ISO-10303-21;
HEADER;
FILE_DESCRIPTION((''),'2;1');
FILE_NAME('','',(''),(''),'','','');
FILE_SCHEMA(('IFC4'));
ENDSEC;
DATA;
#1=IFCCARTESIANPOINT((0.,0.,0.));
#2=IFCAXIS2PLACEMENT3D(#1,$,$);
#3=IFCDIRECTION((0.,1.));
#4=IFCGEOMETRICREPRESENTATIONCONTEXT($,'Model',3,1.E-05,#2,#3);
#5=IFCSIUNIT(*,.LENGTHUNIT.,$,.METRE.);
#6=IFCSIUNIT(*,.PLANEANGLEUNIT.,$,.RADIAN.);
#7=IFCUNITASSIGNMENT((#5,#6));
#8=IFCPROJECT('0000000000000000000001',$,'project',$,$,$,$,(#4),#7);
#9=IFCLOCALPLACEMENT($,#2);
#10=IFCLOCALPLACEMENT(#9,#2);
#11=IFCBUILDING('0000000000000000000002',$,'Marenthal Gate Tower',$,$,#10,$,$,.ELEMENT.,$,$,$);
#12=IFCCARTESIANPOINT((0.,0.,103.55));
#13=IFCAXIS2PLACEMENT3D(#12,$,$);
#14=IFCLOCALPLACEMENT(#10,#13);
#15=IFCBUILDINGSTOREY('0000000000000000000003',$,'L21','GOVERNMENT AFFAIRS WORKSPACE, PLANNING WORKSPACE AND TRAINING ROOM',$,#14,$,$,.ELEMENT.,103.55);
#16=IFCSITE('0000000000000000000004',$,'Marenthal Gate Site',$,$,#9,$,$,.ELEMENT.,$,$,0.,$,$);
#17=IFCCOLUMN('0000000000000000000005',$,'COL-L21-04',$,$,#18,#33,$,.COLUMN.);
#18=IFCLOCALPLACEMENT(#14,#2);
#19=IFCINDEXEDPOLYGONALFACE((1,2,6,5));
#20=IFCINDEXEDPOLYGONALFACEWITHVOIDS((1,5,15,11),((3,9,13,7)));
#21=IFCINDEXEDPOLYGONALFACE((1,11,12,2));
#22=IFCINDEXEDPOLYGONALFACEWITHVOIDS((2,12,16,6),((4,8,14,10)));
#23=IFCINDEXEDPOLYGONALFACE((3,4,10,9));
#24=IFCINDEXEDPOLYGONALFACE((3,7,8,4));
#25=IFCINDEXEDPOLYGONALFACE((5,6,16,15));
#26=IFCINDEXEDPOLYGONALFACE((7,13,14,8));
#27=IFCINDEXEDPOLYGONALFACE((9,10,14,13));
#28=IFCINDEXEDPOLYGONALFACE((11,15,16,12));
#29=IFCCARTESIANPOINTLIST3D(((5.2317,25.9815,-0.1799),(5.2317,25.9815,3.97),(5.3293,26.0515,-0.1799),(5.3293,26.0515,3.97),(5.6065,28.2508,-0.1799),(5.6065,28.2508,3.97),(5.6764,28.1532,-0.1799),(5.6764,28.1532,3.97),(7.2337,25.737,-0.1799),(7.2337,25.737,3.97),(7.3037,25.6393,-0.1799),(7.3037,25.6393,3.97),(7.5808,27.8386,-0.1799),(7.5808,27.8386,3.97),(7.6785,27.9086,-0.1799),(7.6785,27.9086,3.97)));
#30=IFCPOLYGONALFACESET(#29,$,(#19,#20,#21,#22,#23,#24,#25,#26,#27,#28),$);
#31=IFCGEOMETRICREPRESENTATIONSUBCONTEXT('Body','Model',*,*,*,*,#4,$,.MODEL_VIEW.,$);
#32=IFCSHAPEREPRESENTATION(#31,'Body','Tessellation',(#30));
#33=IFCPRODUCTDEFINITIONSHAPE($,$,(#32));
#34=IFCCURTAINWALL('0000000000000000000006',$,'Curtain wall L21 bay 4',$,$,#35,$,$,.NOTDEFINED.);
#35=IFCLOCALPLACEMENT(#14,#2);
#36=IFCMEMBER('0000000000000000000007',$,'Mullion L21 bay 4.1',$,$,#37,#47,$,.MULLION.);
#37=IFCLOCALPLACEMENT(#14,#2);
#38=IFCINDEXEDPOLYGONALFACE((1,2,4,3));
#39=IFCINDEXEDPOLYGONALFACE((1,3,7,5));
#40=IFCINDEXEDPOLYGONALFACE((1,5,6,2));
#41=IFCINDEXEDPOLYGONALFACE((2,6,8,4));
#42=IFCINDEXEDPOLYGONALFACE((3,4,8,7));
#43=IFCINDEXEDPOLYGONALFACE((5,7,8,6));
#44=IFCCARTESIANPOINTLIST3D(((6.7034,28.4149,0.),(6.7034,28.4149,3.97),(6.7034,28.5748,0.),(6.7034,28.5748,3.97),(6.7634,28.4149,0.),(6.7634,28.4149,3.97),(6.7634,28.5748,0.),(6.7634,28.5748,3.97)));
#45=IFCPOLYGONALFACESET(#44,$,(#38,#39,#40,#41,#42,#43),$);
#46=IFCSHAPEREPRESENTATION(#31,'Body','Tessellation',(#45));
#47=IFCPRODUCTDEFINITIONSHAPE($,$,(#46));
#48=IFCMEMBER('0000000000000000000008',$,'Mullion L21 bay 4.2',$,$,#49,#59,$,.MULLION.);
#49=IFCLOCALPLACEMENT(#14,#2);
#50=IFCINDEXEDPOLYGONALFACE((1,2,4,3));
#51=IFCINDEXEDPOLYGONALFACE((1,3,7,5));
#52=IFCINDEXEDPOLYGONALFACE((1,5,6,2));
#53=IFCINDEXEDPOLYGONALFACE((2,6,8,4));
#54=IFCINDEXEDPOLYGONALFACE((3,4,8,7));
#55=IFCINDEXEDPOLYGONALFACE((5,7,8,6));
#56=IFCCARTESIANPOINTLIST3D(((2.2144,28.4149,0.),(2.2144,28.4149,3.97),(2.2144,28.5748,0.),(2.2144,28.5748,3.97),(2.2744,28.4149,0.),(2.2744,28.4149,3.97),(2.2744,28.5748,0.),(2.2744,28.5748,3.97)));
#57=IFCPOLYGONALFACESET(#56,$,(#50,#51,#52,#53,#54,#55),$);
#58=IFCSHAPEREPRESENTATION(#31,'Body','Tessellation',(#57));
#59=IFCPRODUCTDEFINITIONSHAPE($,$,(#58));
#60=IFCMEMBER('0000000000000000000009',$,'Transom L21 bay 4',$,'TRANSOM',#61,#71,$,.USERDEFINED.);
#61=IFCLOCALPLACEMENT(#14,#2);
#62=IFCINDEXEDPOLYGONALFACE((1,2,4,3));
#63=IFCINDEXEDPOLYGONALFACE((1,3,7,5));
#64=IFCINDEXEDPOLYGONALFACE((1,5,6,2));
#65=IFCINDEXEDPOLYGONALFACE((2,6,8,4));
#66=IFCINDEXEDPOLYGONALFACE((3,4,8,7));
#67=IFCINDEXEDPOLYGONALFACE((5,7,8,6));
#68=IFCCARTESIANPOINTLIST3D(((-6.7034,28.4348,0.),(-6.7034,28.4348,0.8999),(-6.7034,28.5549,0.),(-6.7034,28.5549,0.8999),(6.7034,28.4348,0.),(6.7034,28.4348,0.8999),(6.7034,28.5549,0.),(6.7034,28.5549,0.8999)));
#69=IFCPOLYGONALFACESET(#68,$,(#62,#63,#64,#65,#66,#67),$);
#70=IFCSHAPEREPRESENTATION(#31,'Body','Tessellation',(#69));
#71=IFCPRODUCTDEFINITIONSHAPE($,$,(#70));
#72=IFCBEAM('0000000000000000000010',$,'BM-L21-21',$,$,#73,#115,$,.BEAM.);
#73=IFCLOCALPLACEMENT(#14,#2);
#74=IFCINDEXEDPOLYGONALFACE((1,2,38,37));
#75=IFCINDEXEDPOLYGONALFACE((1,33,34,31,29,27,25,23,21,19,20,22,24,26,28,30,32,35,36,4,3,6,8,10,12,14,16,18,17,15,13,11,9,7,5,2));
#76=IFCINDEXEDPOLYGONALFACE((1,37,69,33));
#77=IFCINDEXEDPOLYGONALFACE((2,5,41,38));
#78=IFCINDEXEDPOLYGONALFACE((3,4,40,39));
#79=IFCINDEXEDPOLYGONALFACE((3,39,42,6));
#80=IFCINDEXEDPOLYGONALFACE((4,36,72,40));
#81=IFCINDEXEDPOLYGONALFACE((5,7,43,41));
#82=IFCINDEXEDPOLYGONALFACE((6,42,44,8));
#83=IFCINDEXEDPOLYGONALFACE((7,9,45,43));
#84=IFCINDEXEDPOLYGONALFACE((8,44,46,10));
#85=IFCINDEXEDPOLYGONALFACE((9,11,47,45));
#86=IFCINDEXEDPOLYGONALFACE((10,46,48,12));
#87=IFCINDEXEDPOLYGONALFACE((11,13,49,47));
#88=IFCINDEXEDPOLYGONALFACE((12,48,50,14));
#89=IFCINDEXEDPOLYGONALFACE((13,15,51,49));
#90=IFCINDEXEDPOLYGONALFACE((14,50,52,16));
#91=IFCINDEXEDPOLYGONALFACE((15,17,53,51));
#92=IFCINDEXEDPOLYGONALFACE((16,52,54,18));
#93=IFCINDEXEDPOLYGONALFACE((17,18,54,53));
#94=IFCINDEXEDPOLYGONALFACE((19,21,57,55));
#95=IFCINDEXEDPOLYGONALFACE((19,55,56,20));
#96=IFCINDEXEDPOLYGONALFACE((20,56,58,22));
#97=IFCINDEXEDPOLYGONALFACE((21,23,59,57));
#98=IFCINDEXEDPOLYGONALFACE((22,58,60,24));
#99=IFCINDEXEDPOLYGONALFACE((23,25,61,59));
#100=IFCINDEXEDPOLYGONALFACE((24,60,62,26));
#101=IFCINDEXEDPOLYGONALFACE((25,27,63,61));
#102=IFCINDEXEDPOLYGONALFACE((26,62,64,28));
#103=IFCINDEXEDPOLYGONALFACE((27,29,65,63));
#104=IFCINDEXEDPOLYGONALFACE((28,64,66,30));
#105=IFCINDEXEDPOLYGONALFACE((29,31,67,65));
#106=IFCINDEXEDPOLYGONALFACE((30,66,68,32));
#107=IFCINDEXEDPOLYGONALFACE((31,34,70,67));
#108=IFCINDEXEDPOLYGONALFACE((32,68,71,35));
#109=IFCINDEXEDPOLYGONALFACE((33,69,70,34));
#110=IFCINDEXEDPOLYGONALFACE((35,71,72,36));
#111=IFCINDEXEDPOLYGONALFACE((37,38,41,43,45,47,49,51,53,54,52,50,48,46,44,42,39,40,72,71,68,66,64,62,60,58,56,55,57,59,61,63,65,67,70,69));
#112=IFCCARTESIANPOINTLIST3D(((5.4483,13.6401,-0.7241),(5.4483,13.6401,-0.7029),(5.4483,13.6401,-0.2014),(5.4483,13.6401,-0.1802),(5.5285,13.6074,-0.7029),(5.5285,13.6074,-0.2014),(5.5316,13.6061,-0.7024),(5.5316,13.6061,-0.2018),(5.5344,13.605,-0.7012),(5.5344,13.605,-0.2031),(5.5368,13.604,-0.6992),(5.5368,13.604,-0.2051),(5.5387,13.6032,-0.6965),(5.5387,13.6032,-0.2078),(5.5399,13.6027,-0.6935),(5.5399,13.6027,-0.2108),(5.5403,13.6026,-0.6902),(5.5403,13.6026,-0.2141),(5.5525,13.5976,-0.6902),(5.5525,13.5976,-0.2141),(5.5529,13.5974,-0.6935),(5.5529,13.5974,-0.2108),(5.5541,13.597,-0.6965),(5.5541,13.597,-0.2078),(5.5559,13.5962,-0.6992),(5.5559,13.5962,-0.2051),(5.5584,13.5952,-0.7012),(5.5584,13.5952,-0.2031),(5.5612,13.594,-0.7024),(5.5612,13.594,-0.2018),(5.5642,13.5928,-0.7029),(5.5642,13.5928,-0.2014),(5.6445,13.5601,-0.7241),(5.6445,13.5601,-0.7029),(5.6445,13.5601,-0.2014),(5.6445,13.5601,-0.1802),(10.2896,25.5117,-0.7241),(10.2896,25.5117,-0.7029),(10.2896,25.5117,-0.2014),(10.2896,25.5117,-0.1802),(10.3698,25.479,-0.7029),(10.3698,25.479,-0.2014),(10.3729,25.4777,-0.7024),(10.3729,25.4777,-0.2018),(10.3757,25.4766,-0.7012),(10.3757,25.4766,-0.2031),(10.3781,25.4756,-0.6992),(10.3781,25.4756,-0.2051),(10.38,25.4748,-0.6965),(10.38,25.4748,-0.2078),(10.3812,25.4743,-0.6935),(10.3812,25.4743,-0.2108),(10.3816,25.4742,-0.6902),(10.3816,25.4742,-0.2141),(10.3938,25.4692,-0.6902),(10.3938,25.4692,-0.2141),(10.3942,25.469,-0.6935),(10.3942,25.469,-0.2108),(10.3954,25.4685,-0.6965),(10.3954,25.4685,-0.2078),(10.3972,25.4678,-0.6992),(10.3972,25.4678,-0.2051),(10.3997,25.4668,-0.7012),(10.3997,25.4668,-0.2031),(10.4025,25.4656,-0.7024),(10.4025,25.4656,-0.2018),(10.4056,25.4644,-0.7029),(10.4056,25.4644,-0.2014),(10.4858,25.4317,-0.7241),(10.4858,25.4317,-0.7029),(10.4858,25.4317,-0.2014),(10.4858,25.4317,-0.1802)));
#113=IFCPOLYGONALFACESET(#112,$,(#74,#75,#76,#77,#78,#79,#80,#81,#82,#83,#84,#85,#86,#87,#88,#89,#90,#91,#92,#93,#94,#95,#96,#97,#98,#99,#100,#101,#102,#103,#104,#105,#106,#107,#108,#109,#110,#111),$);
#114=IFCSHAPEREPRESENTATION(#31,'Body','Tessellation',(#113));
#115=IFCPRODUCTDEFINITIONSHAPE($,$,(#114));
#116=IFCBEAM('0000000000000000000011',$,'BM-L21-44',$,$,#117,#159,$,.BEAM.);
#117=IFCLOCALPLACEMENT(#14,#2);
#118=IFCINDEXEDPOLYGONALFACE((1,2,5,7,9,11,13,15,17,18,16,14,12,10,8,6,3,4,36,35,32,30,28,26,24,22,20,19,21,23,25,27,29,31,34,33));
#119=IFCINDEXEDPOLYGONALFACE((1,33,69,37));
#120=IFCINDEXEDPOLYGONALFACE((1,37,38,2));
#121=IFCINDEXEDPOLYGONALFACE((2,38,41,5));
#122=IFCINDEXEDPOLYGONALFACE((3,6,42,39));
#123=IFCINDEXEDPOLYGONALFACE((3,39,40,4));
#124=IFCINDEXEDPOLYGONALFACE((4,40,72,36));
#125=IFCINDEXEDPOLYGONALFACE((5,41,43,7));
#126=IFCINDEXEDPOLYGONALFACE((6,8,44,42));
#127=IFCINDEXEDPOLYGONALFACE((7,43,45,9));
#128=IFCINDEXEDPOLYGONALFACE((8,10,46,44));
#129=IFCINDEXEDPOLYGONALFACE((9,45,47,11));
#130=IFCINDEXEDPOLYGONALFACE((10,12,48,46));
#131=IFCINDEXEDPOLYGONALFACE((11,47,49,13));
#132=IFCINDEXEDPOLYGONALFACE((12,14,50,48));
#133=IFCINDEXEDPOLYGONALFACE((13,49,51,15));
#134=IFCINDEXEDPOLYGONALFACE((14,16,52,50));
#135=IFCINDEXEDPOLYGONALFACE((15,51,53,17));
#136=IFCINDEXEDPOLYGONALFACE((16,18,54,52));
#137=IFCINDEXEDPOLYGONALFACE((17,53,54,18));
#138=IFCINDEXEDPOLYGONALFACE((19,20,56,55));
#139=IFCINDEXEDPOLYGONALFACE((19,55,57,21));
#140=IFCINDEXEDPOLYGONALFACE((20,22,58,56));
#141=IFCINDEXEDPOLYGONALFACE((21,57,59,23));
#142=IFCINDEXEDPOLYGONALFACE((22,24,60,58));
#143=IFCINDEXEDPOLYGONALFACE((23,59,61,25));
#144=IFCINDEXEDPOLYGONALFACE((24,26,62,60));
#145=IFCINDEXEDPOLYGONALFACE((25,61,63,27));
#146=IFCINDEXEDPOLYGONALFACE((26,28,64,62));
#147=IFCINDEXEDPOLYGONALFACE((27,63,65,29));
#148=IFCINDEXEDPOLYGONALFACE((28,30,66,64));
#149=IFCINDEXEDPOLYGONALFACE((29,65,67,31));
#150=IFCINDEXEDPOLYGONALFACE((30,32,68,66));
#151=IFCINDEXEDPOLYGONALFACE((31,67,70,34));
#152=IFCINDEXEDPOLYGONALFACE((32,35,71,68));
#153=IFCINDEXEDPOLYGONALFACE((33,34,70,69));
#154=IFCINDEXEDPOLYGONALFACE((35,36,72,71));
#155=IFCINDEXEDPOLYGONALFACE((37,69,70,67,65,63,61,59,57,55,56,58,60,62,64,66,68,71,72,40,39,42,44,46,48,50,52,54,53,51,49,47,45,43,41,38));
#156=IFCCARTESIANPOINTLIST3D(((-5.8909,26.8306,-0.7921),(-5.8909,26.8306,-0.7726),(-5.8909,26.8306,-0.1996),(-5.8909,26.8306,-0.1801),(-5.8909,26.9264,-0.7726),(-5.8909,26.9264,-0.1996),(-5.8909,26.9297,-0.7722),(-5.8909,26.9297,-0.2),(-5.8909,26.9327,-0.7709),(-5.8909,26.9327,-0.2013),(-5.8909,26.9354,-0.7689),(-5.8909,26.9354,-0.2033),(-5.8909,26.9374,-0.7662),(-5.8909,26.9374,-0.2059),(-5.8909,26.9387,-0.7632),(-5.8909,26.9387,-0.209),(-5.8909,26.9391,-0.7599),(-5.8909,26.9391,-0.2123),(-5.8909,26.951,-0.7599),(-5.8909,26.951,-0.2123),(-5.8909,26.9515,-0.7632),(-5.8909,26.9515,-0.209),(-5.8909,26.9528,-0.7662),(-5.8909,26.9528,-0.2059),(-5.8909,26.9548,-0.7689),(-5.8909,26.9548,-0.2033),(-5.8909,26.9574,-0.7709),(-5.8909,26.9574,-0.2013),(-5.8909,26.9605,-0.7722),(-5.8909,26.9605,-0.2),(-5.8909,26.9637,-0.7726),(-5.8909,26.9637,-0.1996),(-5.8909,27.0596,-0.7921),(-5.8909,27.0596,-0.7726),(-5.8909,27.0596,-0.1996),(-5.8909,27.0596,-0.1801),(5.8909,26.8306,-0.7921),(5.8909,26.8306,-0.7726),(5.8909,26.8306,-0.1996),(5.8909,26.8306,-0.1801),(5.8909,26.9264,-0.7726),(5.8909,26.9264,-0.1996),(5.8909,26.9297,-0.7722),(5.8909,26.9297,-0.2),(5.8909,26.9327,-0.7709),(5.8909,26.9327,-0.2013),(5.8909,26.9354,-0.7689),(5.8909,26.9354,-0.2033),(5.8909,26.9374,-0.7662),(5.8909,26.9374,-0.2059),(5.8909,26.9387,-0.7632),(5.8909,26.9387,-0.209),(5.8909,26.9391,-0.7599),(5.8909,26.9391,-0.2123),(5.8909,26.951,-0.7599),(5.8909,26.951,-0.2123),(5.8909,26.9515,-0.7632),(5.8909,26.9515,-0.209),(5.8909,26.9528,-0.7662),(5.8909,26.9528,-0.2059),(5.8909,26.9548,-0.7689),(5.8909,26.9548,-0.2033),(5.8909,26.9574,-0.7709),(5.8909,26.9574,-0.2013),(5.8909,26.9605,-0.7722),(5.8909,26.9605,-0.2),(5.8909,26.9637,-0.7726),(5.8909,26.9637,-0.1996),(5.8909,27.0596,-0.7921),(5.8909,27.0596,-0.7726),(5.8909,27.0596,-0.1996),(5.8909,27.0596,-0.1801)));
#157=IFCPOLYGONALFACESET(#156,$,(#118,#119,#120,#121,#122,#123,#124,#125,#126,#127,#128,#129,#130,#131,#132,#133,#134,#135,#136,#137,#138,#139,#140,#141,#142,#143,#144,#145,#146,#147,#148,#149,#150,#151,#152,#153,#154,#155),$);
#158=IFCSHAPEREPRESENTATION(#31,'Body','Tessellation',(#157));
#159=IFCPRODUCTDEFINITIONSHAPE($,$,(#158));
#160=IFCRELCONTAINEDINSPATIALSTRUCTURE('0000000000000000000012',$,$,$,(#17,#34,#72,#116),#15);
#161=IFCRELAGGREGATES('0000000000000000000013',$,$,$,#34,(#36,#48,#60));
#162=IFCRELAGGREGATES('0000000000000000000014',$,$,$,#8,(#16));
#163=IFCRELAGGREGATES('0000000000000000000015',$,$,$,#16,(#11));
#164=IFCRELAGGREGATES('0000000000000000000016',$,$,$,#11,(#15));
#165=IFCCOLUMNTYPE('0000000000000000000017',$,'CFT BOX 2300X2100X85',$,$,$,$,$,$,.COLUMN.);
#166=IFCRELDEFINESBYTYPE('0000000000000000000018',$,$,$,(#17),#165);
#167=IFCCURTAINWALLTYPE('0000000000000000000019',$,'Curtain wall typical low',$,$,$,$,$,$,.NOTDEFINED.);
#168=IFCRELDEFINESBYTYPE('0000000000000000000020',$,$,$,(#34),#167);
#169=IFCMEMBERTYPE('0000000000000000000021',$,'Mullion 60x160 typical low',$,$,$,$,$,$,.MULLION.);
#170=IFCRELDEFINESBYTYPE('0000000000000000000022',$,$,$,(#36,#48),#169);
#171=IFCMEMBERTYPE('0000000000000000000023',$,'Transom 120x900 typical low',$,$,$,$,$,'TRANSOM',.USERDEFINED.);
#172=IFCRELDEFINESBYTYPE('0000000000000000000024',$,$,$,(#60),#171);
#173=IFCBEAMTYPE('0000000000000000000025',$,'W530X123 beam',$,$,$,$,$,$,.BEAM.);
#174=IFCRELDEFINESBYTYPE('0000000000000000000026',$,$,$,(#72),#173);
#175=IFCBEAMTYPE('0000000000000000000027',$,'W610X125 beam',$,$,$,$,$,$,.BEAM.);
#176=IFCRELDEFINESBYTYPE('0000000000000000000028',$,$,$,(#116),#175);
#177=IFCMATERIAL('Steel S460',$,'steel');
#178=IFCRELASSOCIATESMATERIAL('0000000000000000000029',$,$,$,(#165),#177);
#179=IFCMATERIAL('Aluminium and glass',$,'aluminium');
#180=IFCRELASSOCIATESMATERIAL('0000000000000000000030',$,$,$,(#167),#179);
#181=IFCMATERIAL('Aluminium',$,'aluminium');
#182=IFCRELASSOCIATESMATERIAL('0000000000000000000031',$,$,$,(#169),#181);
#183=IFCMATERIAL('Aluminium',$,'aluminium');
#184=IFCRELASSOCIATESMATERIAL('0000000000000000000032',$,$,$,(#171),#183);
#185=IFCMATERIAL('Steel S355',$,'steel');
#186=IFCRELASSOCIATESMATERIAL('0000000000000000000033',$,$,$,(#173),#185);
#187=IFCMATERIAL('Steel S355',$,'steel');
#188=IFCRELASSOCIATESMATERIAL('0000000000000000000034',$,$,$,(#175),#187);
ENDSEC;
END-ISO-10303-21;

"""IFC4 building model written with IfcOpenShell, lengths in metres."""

from ifc_helpers import new_model, si_unit, direction, frame, origin, origin_2d, place, context, subcontext, project, spatial, rectangle, hollow_rectangle, i_section, extrude, material, material_profile, profile_set, type_object, element, aggregate, save


model = new_model("IFC4")

# Units and contexts
model_context = context("Model", 3, precision=1e-05, world=origin(), true_north=direction((0.0, 1.0)))
body_context = subcontext(model_context, "Body", "Model", "MODEL_VIEW")
ifc_project = project(units=[si_unit("LENGTHUNIT", "METRE"), si_unit("PLANEANGLEUNIT", "RADIAN")], contexts=[model_context])

# Site, building, storey
site_placement = place(None, origin())
site = spatial("IfcSite", under=ifc_project, at=site_placement, Name="Marenthal Gate Site", CompositionType="ELEMENT", RefElevation=0.0)
building_placement = place(site_placement, origin())
building = spatial("IfcBuilding", under=site, at=building_placement, Name="Marenthal Gate Tower", CompositionType="ELEMENT")
storey_placement = place(building_placement, frame((0.0, 0.0, 103.55)))
storey = spatial("IfcBuildingStorey", under=building, at=storey_placement, Name="L21", Description="GOVERNMENT AFFAIRS WORKSPACE, PLANNING WORKSPACE AND TRAINING ROOM", CompositionType="ELEMENT", Elevation=103.55)

# Column
ifc_material_1 = material(Name="Steel S460", Category="steel")
ifc_material_profile_1 = material_profile(ifc_material_1, hollow_rectangle(XDim=2.1001, YDim=2.3, WallThickness=0.085, at=origin_2d()), Name="CFT BOX 2300X2100X85")
ifc_material_2 = material(Name="Concrete 70 MPa", Category="concrete")
ifc_material_profile_2 = material_profile(ifc_material_2, rectangle(XDim=1.9299, YDim=2.1299, at=origin_2d()), Name="CFT BOX 2300X2100X85 INFILL")
ifc_profile_set_1 = profile_set([ifc_material_profile_1, ifc_material_profile_2], Name="Steel S460 shell, Concrete 70 MPa infill")
column_type = type_object("IfcColumnType", Name="CFT BOX 2300X2100X85", PredefinedType="COLUMN", material=ifc_profile_set_1)
column_placement = place(storey_placement, frame((6.4551, 26.9451, -0.1799), z_axis=(0.0, 0.0, 1.0), x_axis=(0.986635, -0.162949, 0.0)))
element("IfcColumn", 1, at=column_placement, inside=storey, type_object=column_type, Name="COL-L21-04", PredefinedType="COLUMN", context=body_context, shape_type="SweptSolid", body=[
    extrude(hollow_rectangle(XDim=2.1001, YDim=2.3, WallThickness=0.085, at=origin_2d()), origin(), (0.0, 0.0, 1.0), 4.1499),
])

# Curtain wall, members
ifc_material_3 = material(Name="Aluminium and glass", Category="aluminium")
curtain_wall_type = type_object("IfcCurtainWallType", Name="Curtain wall typical low", PredefinedType="NOTDEFINED", material=ifc_material_3)
curtain_wall_placement = place(storey_placement, origin())
curtain_wall = element("IfcCurtainWall", 2, at=curtain_wall_placement, inside=storey, type_object=curtain_wall_type, Name="Curtain wall L21 bay 4", PredefinedType="NOTDEFINED")
ifc_material_4 = material(Name="Aluminium", Category="aluminium")
ifc_material_profile_3 = material_profile(ifc_material_4, rectangle(XDim=0.1599, YDim=0.0601, at=origin_2d()), Name="60x160 aluminium mullion")
ifc_profile_set_2 = profile_set([ifc_material_profile_3], Name="Aluminium")
member_type_1 = type_object("IfcMemberType", Name="Mullion 60x160 typical low", PredefinedType="MULLION", material=ifc_profile_set_2)
member_1_placement = place(storey_placement, frame((6.7334, 28.4949, 0.0), z_axis=(0.0, 0.0, 1.0), x_axis=(0.0, -1.0, 0.0)))
member_1 = element("IfcMember", 3, at=member_1_placement, type_object=member_type_1, Name="Mullion L21 bay 4.1", PredefinedType="MULLION", context=body_context, shape_type="SweptSolid", body=[
    extrude(rectangle(XDim=0.1599, YDim=0.0601, at=origin_2d()), origin(), (0.0, 0.0, 1.0), 3.97),
])
member_2_placement = place(storey_placement, frame((2.2444, 28.4949, 0.0), z_axis=(0.0, 0.0, 1.0), x_axis=(0.0, -1.0, 0.0)))
member_2 = element("IfcMember", 4, at=member_2_placement, type_object=member_type_1, Name="Mullion L21 bay 4.2", PredefinedType="MULLION", context=body_context, shape_type="SweptSolid", body=[
    extrude(rectangle(XDim=0.1599, YDim=0.0601, at=origin_2d()), origin(), (0.0, 0.0, 1.0), 3.97),
])
ifc_material_5 = material(Name="Aluminium", Category="aluminium")
ifc_material_profile_4 = material_profile(ifc_material_5, rectangle(XDim=0.1201, YDim=0.8999, at=origin_2d()), Name="120x900 aluminium transom")
ifc_profile_set_3 = profile_set([ifc_material_profile_4], Name="Aluminium")
member_type_2 = type_object("IfcMemberType", Name="Transom 120x900 typical low", ElementType="TRANSOM", PredefinedType="USERDEFINED", material=ifc_profile_set_3)
member_3_placement = place(storey_placement, frame((6.7034, 28.4949, 0.45), z_axis=(-1.0, 0.0, 0.0), x_axis=(0.0, -1.0, 0.0)))
member_3 = element("IfcMember", 5, at=member_3_placement, type_object=member_type_2, Name="Transom L21 bay 4", ObjectType="TRANSOM", PredefinedType="USERDEFINED", context=body_context, shape_type="SweptSolid", body=[
    extrude(rectangle(XDim=0.1201, YDim=0.8999, at=origin_2d()), origin(), (0.0, 0.0, 1.0), 13.4067),
])

# Beams
ifc_material_6 = material(Name="Steel S355", Category="steel")
ifc_material_profile_5 = material_profile(ifc_material_6, i_section(OverallWidth=0.2119, OverallDepth=0.5439, WebThickness=0.0132, FlangeThickness=0.0212, FilletRadius=0.0127, at=origin_2d()), Name="W530X123")
ifc_profile_set_4 = profile_set([ifc_material_profile_5], Name="Steel S355")
beam_type_1 = type_object("IfcBeamType", Name="W530X123 beam", PredefinedType="BEAM", material=ifc_profile_set_4)
beam_1_placement = place(storey_placement, frame((10.3877, 25.4717, -0.4521), z_axis=(-0.377614, -0.925963, 0.0), x_axis=(0.925963, -0.377614, 0.0)))
element("IfcBeam", 6, at=beam_1_placement, inside=storey, type_object=beam_type_1, Name="BM-L21-21", PredefinedType="BEAM", context=body_context, shape_type="SweptSolid", body=[
    extrude(i_section(OverallWidth=0.2119, OverallDepth=0.5439, WebThickness=0.0132, FlangeThickness=0.0212, FilletRadius=0.0127, at=origin_2d()), origin(), (0.0, 0.0, 1.0), 12.8208),
])
ifc_material_7 = material(Name="Steel S355", Category="steel")
ifc_material_profile_6 = material_profile(ifc_material_7, i_section(OverallWidth=0.229, OverallDepth=0.6121, WebThickness=0.012, FlangeThickness=0.0195, FilletRadius=0.0127, at=origin_2d()), Name="W610X125")
ifc_profile_set_5 = profile_set([ifc_material_profile_6], Name="Steel S355")
beam_type_2 = type_object("IfcBeamType", Name="W610X125 beam", PredefinedType="BEAM", material=ifc_profile_set_5)
beam_2_placement = place(storey_placement, frame((5.8909, 26.9451, -0.4861), z_axis=(-1.0, 0.0, 0.0), x_axis=(0.0, -1.0, 0.0)))
element("IfcBeam", 7, at=beam_2_placement, inside=storey, type_object=beam_type_2, Name="BM-L21-44", PredefinedType="BEAM", context=body_context, shape_type="SweptSolid", body=[
    extrude(i_section(OverallWidth=0.229, OverallDepth=0.6121, WebThickness=0.012, FlangeThickness=0.0195, FilletRadius=0.0127, at=origin_2d()), origin(), (0.0, 0.0, 1.0), 11.7817),
])

aggregate(curtain_wall, [member_1, member_2, member_3])

save(model, "model.ifc")
